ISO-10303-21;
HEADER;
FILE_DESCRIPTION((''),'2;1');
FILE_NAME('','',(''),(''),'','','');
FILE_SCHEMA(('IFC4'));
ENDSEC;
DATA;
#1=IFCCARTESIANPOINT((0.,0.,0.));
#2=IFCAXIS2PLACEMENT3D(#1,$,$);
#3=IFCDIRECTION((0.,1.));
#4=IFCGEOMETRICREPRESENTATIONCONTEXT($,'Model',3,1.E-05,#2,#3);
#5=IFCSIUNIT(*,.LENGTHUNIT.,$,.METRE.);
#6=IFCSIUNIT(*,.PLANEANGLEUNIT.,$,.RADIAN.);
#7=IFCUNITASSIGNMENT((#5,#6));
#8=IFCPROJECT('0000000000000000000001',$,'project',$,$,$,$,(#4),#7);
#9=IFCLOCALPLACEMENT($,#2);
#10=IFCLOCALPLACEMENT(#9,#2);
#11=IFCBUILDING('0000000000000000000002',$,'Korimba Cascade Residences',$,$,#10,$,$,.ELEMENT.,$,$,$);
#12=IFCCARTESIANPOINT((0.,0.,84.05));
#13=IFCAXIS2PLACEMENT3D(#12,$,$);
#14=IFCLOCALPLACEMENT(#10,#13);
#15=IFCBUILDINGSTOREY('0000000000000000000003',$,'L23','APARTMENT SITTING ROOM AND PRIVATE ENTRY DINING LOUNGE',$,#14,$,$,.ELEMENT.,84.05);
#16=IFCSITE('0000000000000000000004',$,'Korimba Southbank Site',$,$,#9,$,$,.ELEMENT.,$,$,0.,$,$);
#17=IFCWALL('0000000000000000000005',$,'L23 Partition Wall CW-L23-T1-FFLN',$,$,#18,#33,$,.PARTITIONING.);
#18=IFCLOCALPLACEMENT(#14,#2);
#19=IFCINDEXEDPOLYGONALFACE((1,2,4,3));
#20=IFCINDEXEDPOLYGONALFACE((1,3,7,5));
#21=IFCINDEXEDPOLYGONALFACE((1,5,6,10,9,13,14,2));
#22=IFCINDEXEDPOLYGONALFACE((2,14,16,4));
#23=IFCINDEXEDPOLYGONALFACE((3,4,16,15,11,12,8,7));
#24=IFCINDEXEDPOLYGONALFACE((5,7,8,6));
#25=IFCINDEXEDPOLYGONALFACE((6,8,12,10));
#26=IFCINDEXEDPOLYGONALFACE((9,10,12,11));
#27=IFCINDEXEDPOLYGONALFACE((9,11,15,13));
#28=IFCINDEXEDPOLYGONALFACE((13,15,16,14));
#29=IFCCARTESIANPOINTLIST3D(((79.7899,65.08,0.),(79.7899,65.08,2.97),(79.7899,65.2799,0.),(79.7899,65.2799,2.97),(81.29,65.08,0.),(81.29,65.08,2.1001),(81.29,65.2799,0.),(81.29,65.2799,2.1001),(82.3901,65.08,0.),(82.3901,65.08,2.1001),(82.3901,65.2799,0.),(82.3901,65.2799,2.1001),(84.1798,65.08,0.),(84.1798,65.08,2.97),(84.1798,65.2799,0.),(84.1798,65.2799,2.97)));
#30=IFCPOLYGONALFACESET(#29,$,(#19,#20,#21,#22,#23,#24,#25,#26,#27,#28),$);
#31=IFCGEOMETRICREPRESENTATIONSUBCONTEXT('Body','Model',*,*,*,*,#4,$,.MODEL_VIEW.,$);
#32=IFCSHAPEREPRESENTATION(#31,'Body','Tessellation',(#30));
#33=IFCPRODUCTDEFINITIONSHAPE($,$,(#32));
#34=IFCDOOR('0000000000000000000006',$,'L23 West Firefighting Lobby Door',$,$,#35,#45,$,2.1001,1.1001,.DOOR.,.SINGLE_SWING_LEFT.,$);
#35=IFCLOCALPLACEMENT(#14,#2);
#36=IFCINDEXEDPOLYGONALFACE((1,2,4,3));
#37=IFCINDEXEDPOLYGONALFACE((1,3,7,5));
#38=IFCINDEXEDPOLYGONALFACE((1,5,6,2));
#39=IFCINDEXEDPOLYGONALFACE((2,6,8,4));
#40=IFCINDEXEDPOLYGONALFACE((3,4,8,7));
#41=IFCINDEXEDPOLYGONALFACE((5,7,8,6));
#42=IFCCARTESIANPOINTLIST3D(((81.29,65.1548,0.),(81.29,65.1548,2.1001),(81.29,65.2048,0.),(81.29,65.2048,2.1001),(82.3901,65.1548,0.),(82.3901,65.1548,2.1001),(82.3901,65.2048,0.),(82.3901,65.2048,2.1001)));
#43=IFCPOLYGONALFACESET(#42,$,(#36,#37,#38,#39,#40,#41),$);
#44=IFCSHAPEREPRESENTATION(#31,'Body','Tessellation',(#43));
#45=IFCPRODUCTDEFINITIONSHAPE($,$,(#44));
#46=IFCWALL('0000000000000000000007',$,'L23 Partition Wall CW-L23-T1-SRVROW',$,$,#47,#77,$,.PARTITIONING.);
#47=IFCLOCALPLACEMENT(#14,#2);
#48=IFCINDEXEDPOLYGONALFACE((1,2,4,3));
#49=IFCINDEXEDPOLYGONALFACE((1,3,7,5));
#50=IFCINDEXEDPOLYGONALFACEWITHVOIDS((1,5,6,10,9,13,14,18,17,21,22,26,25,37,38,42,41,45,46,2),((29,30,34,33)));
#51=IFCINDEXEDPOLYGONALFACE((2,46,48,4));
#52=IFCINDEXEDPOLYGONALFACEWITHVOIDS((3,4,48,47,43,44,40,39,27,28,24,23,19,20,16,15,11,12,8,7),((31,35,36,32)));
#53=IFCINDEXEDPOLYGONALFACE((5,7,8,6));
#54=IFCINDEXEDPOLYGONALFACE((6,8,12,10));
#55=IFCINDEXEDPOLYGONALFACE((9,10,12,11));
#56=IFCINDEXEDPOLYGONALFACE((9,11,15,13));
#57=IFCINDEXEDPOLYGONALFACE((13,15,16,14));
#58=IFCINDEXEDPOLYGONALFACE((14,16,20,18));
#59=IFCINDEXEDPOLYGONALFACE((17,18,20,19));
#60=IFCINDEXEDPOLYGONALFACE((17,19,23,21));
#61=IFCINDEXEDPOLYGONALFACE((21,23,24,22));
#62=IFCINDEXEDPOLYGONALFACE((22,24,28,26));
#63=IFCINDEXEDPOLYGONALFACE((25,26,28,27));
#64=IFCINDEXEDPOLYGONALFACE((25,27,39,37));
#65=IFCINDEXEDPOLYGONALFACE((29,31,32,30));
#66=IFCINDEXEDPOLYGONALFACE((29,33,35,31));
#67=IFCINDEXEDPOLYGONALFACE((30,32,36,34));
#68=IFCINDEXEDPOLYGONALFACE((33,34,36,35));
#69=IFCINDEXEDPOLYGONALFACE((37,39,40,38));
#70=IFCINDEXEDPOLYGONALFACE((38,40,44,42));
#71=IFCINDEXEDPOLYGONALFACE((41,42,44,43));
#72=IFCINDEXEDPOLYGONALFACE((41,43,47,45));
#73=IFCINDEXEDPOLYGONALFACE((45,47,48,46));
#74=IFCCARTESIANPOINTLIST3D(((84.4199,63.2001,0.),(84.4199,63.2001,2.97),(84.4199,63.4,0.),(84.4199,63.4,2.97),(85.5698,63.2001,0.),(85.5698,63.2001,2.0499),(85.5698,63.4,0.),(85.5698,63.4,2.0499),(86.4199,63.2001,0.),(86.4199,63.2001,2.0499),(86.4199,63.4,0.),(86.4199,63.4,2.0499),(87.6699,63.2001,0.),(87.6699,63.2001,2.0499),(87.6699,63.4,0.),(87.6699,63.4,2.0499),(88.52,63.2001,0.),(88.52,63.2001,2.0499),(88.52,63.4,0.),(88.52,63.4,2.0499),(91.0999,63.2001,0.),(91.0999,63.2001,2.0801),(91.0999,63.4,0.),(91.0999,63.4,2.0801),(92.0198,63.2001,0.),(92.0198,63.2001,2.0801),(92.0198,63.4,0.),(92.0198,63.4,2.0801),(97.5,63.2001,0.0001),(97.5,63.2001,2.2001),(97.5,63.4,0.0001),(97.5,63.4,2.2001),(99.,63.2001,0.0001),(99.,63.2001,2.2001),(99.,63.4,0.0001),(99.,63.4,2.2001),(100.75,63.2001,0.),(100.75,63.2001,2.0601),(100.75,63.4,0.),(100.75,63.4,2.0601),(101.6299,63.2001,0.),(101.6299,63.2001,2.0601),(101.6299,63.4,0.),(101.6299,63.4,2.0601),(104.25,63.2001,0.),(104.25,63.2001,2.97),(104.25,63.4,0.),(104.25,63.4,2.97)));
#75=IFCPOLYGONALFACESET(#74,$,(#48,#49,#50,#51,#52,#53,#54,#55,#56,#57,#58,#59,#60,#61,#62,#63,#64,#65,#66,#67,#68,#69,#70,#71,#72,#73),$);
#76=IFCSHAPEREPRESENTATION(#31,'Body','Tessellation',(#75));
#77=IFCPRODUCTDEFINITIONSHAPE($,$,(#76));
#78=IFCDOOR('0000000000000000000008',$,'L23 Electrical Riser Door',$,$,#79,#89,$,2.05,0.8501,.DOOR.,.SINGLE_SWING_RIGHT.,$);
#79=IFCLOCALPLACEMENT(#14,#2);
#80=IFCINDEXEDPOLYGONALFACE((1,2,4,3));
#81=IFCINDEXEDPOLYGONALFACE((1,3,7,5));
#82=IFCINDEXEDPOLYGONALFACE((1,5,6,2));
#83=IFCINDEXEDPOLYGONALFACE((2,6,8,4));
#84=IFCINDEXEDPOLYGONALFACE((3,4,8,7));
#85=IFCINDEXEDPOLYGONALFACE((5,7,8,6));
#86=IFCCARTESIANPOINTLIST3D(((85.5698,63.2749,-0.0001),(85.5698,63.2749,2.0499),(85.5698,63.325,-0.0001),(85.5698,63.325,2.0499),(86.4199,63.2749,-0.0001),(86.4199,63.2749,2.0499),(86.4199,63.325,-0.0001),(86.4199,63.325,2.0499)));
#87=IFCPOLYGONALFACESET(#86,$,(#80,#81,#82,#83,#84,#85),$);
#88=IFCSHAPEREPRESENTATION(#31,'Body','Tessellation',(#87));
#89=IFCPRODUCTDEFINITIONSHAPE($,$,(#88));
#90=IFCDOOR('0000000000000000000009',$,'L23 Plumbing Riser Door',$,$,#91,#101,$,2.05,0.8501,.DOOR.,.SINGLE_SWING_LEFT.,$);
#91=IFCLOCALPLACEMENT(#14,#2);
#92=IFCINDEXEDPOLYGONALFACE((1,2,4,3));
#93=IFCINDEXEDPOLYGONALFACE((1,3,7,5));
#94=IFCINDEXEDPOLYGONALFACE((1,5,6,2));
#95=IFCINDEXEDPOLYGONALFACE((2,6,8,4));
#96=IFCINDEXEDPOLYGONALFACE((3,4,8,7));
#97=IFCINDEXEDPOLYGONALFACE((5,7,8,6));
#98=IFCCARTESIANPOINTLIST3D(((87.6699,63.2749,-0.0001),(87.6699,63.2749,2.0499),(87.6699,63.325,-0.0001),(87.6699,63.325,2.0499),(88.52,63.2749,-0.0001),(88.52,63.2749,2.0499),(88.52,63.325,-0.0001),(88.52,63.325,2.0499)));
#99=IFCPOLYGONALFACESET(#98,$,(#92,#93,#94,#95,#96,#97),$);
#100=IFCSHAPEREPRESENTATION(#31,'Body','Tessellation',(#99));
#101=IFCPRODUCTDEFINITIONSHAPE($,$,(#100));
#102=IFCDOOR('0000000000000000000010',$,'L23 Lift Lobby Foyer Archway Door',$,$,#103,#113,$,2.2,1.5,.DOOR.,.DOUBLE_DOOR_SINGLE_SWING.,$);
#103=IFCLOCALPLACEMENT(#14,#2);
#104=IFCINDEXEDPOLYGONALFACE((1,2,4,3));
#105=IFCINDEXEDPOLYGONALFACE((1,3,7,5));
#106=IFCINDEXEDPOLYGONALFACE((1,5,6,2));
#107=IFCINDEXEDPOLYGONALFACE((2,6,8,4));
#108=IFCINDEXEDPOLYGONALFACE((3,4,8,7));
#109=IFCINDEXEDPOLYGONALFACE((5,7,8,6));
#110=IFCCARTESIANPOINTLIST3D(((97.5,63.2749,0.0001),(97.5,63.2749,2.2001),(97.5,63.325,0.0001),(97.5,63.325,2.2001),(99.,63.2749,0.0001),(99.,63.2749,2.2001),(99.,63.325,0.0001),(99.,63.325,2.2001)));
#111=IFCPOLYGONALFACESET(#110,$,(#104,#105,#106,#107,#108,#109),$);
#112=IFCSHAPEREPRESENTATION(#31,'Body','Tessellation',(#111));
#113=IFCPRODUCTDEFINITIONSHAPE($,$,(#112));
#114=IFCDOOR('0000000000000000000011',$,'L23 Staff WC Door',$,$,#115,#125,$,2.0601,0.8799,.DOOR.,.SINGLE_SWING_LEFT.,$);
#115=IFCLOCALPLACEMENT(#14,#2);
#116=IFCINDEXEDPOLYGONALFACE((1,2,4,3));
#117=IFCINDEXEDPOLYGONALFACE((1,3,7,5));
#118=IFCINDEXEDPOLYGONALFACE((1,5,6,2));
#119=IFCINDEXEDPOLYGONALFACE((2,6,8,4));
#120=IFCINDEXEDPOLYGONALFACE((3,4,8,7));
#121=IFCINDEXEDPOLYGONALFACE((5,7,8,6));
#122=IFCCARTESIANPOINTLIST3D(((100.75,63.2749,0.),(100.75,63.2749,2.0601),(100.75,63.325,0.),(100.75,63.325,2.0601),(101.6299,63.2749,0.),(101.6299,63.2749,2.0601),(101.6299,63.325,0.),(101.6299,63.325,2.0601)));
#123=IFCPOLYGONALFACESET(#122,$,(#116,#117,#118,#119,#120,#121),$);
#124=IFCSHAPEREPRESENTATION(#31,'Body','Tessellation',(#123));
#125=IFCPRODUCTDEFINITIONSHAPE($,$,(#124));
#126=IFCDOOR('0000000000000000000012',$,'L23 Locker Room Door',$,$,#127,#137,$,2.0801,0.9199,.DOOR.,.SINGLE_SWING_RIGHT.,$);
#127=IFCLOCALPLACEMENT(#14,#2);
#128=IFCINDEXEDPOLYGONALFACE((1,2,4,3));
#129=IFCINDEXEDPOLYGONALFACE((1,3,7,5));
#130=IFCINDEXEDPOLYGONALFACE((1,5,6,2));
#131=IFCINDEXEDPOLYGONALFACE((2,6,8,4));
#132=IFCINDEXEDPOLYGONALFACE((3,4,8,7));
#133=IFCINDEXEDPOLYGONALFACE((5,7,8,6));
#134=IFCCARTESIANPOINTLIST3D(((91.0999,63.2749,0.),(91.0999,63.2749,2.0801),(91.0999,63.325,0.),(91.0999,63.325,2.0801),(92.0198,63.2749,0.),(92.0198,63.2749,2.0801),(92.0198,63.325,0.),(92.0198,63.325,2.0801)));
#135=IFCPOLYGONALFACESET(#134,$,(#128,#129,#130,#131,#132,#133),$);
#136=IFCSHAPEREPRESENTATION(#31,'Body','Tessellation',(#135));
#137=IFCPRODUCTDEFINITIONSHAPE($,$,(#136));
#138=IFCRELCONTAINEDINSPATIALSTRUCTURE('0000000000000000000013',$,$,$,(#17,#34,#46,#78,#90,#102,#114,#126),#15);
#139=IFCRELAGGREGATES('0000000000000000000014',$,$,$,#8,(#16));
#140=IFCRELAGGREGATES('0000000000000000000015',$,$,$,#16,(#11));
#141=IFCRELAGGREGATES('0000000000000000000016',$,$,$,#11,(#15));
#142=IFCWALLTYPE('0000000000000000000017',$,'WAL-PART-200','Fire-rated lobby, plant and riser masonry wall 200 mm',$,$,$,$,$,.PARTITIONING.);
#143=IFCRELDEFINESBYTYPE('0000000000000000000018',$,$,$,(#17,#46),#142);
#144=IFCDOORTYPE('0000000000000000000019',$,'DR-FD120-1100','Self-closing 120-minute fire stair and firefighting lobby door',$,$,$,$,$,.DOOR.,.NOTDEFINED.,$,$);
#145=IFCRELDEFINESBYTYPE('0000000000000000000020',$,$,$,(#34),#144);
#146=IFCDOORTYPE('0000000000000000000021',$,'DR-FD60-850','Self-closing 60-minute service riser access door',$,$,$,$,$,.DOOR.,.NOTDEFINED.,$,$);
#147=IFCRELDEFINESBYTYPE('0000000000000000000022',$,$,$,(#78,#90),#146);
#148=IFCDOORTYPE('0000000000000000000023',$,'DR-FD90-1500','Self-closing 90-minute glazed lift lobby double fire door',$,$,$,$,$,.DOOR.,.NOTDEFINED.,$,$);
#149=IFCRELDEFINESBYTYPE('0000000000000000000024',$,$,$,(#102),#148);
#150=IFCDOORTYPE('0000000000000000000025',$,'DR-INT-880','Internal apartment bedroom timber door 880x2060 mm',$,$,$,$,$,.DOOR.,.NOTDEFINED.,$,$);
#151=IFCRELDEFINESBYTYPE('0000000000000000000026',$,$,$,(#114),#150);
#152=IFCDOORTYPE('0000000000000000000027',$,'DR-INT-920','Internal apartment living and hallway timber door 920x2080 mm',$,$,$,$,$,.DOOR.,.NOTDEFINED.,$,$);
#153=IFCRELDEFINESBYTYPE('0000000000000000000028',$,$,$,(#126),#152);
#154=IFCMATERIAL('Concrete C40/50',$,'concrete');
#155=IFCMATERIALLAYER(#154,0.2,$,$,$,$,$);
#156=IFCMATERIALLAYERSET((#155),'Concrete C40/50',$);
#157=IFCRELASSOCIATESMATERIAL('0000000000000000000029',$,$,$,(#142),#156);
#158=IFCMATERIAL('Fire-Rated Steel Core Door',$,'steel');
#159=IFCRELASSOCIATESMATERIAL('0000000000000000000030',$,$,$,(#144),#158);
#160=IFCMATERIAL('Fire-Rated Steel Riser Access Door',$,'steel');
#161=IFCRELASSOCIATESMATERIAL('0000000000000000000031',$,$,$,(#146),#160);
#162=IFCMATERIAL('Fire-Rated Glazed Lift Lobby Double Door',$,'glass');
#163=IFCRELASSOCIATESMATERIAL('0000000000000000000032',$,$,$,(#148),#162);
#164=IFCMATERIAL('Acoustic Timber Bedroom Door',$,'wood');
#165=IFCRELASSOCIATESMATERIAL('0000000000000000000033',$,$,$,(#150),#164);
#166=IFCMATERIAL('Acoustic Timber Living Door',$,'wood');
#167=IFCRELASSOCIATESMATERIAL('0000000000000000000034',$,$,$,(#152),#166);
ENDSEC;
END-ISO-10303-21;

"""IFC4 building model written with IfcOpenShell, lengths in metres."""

from ifc_helpers import new_model, si_unit, direction, frame, frame_2d, origin, place, context, subcontext, project, spatial, rectangle, extrude, material, layer, layer_set, type_object, element, fill, save


model = new_model("IFC4")

# Units and contexts
model_context = context("Model", 3, precision=1e-05, world=origin(), true_north=direction((0.0, 1.0)))
body_context = subcontext(model_context, "Body", "Model", "MODEL_VIEW")
ifc_project = project(units=[si_unit("LENGTHUNIT", "METRE"), si_unit("PLANEANGLEUNIT", "RADIAN")], contexts=[model_context])

# Site, building, storey
site_placement = place(None, origin())
site = spatial("IfcSite", under=ifc_project, at=site_placement, Name="Korimba Southbank Site", CompositionType="ELEMENT", RefElevation=0.0)
building_placement = place(site_placement, origin())
building = spatial("IfcBuilding", under=site, at=building_placement, Name="Korimba Cascade Residences", CompositionType="ELEMENT")
storey_placement = place(building_placement, frame((0.0, 0.0, 84.05)))
storey = spatial("IfcBuildingStorey", under=building, at=storey_placement, Name="L23", Description="APARTMENT SITTING ROOM AND PRIVATE ENTRY DINING LOUNGE", CompositionType="ELEMENT", Elevation=84.05)

# Wall, opening, door
ifc_material_1 = material(Name="Concrete C40/50", Category="concrete")
ifc_layer_1 = layer(ifc_material_1, 0.2)
ifc_layer_set_1 = layer_set([ifc_layer_1], Name="Concrete C40/50")
wall_type_1 = type_object("IfcWallType", Name="WAL-PART-200", Description="Fire-rated lobby, plant and riser masonry wall 200 mm", PredefinedType="PARTITIONING", material=ifc_layer_set_1)
wall_1_placement = place(storey_placement, frame((79.79, 65.1799, 0.0), z_axis=(0.0, 0.0, 1.0), x_axis=(1.0, 0.0, 0.0)))
wall_1 = element("IfcWall", 1, at=wall_1_placement, inside=storey, type_object=wall_type_1, Name="L23 Partition Wall CW-L23-T1-FFLN", PredefinedType="PARTITIONING", context=body_context, shape_type="SweptSolid", body=[
    extrude(rectangle(XDim=4.3899, YDim=0.2, at=frame_2d((2.1948, 0.0))), origin(), (0.0, 0.0, 1.0), 2.97),
])
opening_1_placement = place(wall_1_placement, frame((1.5, 0.0, 0.0)))
opening_1 = element("IfcOpeningElement", 2, at=opening_1_placement, cuts=wall_1, PredefinedType="OPENING", context=body_context, shape_type="SweptSolid", body=[
    extrude(rectangle(XDim=1.1001, YDim=2.1001, at=frame_2d((0.55, 1.05))), frame((0.0, 0.1099, 0.0), z_axis=(0.0, -1.0, 0.0), x_axis=(1.0, 0.0, 0.0)), (0.0, 0.0, 1.0), 0.22),
])
ifc_material_2 = material(Name="Fire-Rated Steel Core Door", Category="steel")
door_type_1 = type_object("IfcDoorType", Name="DR-FD120-1100", Description="Self-closing 120-minute fire stair and firefighting lobby door", OperationType="NOTDEFINED", PredefinedType="DOOR", material=ifc_material_2)
door_1_placement = place(opening_1_placement, origin())
door_1 = element("IfcDoor", 3, at=door_1_placement, inside=storey, type_object=door_type_1, Name="L23 West Firefighting Lobby Door", OperationType="SINGLE_SWING_LEFT", OverallHeight=2.1001, OverallWidth=1.1001, PredefinedType="DOOR", context=body_context, shape_type="SweptSolid", body=[
    extrude(rectangle(XDim=1.1001, YDim=2.1001, at=frame_2d((0.55, 1.05))), frame((0.0, 0.0249, 0.0), z_axis=(0.0, -1.0, 0.0), x_axis=(1.0, 0.0, 0.0)), (0.0, 0.0, 1.0), 0.05),
])
fill(opening_1, door_1)

# Wall, openings, doors
wall_2_placement = place(storey_placement, frame((84.4199, 63.3, 0.0), z_axis=(0.0, 0.0, 1.0), x_axis=(1.0, 0.0, 0.0)))
wall_2 = element("IfcWall", 4, at=wall_2_placement, inside=storey, type_object=wall_type_1, Name="L23 Partition Wall CW-L23-T1-SRVROW", PredefinedType="PARTITIONING", context=body_context, shape_type="SweptSolid", body=[
    extrude(rectangle(XDim=19.8301, YDim=0.2, at=frame_2d((9.915, 0.0))), origin(), (0.0, 0.0, 1.0), 2.97),
])
opening_2_placement = place(wall_2_placement, frame((1.1499, 0.0, 0.0)))
opening_2 = element("IfcOpeningElement", 5, at=opening_2_placement, cuts=wall_2, PredefinedType="OPENING", context=body_context, shape_type="SweptSolid", body=[
    extrude(rectangle(XDim=0.8501, YDim=2.05, at=frame_2d((0.425, 1.0249))), frame((0.0, 0.1099, 0.0), z_axis=(0.0, -1.0, 0.0), x_axis=(1.0, 0.0, 0.0)), (0.0, 0.0, 1.0), 0.22),
])
opening_3_placement = place(wall_2_placement, frame((3.25, 0.0, 0.0)))
opening_3 = element("IfcOpeningElement", 6, at=opening_3_placement, cuts=wall_2, PredefinedType="OPENING", context=body_context, shape_type="SweptSolid", body=[
    extrude(rectangle(XDim=0.8501, YDim=2.05, at=frame_2d((0.425, 1.0249))), frame((0.0, 0.1099, 0.0), z_axis=(0.0, -1.0, 0.0), x_axis=(1.0, 0.0, 0.0)), (0.0, 0.0, 1.0), 0.22),
])
opening_4_placement = place(wall_2_placement, frame((13.0801, 0.0, 0.0)))
opening_4 = element("IfcOpeningElement", 7, at=opening_4_placement, cuts=wall_2, PredefinedType="OPENING", context=body_context, shape_type="SweptSolid", body=[
    extrude(rectangle(XDim=1.5, YDim=2.2, at=frame_2d((0.75, 1.1001))), frame((0.0, 0.1099, 0.0), z_axis=(0.0, -1.0, 0.0), x_axis=(1.0, 0.0, 0.0)), (0.0, 0.0, 1.0), 0.22),
])
opening_5_placement = place(wall_2_placement, frame((6.6799, 0.0, 0.0)))
opening_5 = element("IfcOpeningElement", 8, at=opening_5_placement, cuts=wall_2, PredefinedType="OPENING", context=body_context, shape_type="SweptSolid", body=[
    extrude(rectangle(XDim=0.9199, YDim=2.0801, at=frame_2d((0.46, 1.04))), frame((0.0, 0.1099, 0.0), z_axis=(0.0, -1.0, 0.0), x_axis=(1.0, 0.0, 0.0)), (0.0, 0.0, 1.0), 0.22),
])
opening_6_placement = place(wall_2_placement, frame((16.3301, 0.0, 0.0)))
opening_6 = element("IfcOpeningElement", 9, at=opening_6_placement, cuts=wall_2, PredefinedType="OPENING", context=body_context, shape_type="SweptSolid", body=[
    extrude(rectangle(XDim=0.8799, YDim=2.0601, at=frame_2d((0.4399, 1.03))), frame((0.0, 0.1099, 0.0), z_axis=(0.0, -1.0, 0.0), x_axis=(1.0, 0.0, 0.0)), (0.0, 0.0, 1.0), 0.22),
])
ifc_material_3 = material(Name="Fire-Rated Steel Riser Access Door", Category="steel")
door_type_2 = type_object("IfcDoorType", Name="DR-FD60-850", Description="Self-closing 60-minute service riser access door", OperationType="NOTDEFINED", PredefinedType="DOOR", material=ifc_material_3)
door_2_placement = place(opening_2_placement, origin())
door_2 = element("IfcDoor", 10, at=door_2_placement, inside=storey, type_object=door_type_2, Name="L23 Electrical Riser Door", OperationType="SINGLE_SWING_RIGHT", OverallHeight=2.05, OverallWidth=0.8501, PredefinedType="DOOR", context=body_context, shape_type="SweptSolid", body=[
    extrude(rectangle(XDim=0.8501, YDim=2.05, at=frame_2d((0.425, 1.0249))), frame((0.0, 0.0249, 0.0), z_axis=(0.0, -1.0, 0.0), x_axis=(1.0, 0.0, 0.0)), (0.0, 0.0, 1.0), 0.05),
])
fill(opening_2, door_2)
door_3_placement = place(opening_3_placement, origin())
door_3 = element("IfcDoor", 11, at=door_3_placement, inside=storey, type_object=door_type_2, Name="L23 Plumbing Riser Door", OperationType="SINGLE_SWING_LEFT", OverallHeight=2.05, OverallWidth=0.8501, PredefinedType="DOOR", context=body_context, shape_type="SweptSolid", body=[
    extrude(rectangle(XDim=0.8501, YDim=2.05, at=frame_2d((0.425, 1.0249))), frame((0.0, 0.0249, 0.0), z_axis=(0.0, -1.0, 0.0), x_axis=(1.0, 0.0, 0.0)), (0.0, 0.0, 1.0), 0.05),
])
fill(opening_3, door_3)
ifc_material_4 = material(Name="Fire-Rated Glazed Lift Lobby Double Door", Category="glass")
door_type_3 = type_object("IfcDoorType", Name="DR-FD90-1500", Description="Self-closing 90-minute glazed lift lobby double fire door", OperationType="NOTDEFINED", PredefinedType="DOOR", material=ifc_material_4)
door_4_placement = place(opening_4_placement, origin())
door_4 = element("IfcDoor", 12, at=door_4_placement, inside=storey, type_object=door_type_3, Name="L23 Lift Lobby Foyer Archway Door", OperationType="DOUBLE_DOOR_SINGLE_SWING", OverallHeight=2.2, OverallWidth=1.5, PredefinedType="DOOR", context=body_context, shape_type="SweptSolid", body=[
    extrude(rectangle(XDim=1.5, YDim=2.2, at=frame_2d((0.75, 1.1001))), frame((0.0, 0.0249, 0.0), z_axis=(0.0, -1.0, 0.0), x_axis=(1.0, 0.0, 0.0)), (0.0, 0.0, 1.0), 0.05),
])
fill(opening_4, door_4)
ifc_material_5 = material(Name="Acoustic Timber Bedroom Door", Category="wood")
door_type_4 = type_object("IfcDoorType", Name="DR-INT-880", Description="Internal apartment bedroom timber door 880x2060 mm", OperationType="NOTDEFINED", PredefinedType="DOOR", material=ifc_material_5)
door_5_placement = place(opening_6_placement, origin())
door_5 = element("IfcDoor", 13, at=door_5_placement, inside=storey, type_object=door_type_4, Name="L23 Staff WC Door", OperationType="SINGLE_SWING_LEFT", OverallHeight=2.0601, OverallWidth=0.8799, PredefinedType="DOOR", context=body_context, shape_type="SweptSolid", body=[
    extrude(rectangle(XDim=0.8799, YDim=2.0601, at=frame_2d((0.4399, 1.03))), frame((0.0, 0.0249, 0.0), z_axis=(0.0, -1.0, 0.0), x_axis=(1.0, 0.0, 0.0)), (0.0, 0.0, 1.0), 0.05),
])
fill(opening_6, door_5)
ifc_material_6 = material(Name="Acoustic Timber Living Door", Category="wood")
door_type_5 = type_object("IfcDoorType", Name="DR-INT-920", Description="Internal apartment living and hallway timber door 920x2080 mm", OperationType="NOTDEFINED", PredefinedType="DOOR", material=ifc_material_6)
door_6_placement = place(opening_5_placement, origin())
door_6 = element("IfcDoor", 14, at=door_6_placement, inside=storey, type_object=door_type_5, Name="L23 Locker Room Door", OperationType="SINGLE_SWING_RIGHT", OverallHeight=2.0801, OverallWidth=0.9199, PredefinedType="DOOR", context=body_context, shape_type="SweptSolid", body=[
    extrude(rectangle(XDim=0.9199, YDim=2.0801, at=frame_2d((0.46, 1.04))), frame((0.0, 0.0249, 0.0), z_axis=(0.0, -1.0, 0.0), x_axis=(1.0, 0.0, 0.0)), (0.0, 0.0, 1.0), 0.05),
])
fill(opening_5, door_6)

save(model, "model.ifc")
